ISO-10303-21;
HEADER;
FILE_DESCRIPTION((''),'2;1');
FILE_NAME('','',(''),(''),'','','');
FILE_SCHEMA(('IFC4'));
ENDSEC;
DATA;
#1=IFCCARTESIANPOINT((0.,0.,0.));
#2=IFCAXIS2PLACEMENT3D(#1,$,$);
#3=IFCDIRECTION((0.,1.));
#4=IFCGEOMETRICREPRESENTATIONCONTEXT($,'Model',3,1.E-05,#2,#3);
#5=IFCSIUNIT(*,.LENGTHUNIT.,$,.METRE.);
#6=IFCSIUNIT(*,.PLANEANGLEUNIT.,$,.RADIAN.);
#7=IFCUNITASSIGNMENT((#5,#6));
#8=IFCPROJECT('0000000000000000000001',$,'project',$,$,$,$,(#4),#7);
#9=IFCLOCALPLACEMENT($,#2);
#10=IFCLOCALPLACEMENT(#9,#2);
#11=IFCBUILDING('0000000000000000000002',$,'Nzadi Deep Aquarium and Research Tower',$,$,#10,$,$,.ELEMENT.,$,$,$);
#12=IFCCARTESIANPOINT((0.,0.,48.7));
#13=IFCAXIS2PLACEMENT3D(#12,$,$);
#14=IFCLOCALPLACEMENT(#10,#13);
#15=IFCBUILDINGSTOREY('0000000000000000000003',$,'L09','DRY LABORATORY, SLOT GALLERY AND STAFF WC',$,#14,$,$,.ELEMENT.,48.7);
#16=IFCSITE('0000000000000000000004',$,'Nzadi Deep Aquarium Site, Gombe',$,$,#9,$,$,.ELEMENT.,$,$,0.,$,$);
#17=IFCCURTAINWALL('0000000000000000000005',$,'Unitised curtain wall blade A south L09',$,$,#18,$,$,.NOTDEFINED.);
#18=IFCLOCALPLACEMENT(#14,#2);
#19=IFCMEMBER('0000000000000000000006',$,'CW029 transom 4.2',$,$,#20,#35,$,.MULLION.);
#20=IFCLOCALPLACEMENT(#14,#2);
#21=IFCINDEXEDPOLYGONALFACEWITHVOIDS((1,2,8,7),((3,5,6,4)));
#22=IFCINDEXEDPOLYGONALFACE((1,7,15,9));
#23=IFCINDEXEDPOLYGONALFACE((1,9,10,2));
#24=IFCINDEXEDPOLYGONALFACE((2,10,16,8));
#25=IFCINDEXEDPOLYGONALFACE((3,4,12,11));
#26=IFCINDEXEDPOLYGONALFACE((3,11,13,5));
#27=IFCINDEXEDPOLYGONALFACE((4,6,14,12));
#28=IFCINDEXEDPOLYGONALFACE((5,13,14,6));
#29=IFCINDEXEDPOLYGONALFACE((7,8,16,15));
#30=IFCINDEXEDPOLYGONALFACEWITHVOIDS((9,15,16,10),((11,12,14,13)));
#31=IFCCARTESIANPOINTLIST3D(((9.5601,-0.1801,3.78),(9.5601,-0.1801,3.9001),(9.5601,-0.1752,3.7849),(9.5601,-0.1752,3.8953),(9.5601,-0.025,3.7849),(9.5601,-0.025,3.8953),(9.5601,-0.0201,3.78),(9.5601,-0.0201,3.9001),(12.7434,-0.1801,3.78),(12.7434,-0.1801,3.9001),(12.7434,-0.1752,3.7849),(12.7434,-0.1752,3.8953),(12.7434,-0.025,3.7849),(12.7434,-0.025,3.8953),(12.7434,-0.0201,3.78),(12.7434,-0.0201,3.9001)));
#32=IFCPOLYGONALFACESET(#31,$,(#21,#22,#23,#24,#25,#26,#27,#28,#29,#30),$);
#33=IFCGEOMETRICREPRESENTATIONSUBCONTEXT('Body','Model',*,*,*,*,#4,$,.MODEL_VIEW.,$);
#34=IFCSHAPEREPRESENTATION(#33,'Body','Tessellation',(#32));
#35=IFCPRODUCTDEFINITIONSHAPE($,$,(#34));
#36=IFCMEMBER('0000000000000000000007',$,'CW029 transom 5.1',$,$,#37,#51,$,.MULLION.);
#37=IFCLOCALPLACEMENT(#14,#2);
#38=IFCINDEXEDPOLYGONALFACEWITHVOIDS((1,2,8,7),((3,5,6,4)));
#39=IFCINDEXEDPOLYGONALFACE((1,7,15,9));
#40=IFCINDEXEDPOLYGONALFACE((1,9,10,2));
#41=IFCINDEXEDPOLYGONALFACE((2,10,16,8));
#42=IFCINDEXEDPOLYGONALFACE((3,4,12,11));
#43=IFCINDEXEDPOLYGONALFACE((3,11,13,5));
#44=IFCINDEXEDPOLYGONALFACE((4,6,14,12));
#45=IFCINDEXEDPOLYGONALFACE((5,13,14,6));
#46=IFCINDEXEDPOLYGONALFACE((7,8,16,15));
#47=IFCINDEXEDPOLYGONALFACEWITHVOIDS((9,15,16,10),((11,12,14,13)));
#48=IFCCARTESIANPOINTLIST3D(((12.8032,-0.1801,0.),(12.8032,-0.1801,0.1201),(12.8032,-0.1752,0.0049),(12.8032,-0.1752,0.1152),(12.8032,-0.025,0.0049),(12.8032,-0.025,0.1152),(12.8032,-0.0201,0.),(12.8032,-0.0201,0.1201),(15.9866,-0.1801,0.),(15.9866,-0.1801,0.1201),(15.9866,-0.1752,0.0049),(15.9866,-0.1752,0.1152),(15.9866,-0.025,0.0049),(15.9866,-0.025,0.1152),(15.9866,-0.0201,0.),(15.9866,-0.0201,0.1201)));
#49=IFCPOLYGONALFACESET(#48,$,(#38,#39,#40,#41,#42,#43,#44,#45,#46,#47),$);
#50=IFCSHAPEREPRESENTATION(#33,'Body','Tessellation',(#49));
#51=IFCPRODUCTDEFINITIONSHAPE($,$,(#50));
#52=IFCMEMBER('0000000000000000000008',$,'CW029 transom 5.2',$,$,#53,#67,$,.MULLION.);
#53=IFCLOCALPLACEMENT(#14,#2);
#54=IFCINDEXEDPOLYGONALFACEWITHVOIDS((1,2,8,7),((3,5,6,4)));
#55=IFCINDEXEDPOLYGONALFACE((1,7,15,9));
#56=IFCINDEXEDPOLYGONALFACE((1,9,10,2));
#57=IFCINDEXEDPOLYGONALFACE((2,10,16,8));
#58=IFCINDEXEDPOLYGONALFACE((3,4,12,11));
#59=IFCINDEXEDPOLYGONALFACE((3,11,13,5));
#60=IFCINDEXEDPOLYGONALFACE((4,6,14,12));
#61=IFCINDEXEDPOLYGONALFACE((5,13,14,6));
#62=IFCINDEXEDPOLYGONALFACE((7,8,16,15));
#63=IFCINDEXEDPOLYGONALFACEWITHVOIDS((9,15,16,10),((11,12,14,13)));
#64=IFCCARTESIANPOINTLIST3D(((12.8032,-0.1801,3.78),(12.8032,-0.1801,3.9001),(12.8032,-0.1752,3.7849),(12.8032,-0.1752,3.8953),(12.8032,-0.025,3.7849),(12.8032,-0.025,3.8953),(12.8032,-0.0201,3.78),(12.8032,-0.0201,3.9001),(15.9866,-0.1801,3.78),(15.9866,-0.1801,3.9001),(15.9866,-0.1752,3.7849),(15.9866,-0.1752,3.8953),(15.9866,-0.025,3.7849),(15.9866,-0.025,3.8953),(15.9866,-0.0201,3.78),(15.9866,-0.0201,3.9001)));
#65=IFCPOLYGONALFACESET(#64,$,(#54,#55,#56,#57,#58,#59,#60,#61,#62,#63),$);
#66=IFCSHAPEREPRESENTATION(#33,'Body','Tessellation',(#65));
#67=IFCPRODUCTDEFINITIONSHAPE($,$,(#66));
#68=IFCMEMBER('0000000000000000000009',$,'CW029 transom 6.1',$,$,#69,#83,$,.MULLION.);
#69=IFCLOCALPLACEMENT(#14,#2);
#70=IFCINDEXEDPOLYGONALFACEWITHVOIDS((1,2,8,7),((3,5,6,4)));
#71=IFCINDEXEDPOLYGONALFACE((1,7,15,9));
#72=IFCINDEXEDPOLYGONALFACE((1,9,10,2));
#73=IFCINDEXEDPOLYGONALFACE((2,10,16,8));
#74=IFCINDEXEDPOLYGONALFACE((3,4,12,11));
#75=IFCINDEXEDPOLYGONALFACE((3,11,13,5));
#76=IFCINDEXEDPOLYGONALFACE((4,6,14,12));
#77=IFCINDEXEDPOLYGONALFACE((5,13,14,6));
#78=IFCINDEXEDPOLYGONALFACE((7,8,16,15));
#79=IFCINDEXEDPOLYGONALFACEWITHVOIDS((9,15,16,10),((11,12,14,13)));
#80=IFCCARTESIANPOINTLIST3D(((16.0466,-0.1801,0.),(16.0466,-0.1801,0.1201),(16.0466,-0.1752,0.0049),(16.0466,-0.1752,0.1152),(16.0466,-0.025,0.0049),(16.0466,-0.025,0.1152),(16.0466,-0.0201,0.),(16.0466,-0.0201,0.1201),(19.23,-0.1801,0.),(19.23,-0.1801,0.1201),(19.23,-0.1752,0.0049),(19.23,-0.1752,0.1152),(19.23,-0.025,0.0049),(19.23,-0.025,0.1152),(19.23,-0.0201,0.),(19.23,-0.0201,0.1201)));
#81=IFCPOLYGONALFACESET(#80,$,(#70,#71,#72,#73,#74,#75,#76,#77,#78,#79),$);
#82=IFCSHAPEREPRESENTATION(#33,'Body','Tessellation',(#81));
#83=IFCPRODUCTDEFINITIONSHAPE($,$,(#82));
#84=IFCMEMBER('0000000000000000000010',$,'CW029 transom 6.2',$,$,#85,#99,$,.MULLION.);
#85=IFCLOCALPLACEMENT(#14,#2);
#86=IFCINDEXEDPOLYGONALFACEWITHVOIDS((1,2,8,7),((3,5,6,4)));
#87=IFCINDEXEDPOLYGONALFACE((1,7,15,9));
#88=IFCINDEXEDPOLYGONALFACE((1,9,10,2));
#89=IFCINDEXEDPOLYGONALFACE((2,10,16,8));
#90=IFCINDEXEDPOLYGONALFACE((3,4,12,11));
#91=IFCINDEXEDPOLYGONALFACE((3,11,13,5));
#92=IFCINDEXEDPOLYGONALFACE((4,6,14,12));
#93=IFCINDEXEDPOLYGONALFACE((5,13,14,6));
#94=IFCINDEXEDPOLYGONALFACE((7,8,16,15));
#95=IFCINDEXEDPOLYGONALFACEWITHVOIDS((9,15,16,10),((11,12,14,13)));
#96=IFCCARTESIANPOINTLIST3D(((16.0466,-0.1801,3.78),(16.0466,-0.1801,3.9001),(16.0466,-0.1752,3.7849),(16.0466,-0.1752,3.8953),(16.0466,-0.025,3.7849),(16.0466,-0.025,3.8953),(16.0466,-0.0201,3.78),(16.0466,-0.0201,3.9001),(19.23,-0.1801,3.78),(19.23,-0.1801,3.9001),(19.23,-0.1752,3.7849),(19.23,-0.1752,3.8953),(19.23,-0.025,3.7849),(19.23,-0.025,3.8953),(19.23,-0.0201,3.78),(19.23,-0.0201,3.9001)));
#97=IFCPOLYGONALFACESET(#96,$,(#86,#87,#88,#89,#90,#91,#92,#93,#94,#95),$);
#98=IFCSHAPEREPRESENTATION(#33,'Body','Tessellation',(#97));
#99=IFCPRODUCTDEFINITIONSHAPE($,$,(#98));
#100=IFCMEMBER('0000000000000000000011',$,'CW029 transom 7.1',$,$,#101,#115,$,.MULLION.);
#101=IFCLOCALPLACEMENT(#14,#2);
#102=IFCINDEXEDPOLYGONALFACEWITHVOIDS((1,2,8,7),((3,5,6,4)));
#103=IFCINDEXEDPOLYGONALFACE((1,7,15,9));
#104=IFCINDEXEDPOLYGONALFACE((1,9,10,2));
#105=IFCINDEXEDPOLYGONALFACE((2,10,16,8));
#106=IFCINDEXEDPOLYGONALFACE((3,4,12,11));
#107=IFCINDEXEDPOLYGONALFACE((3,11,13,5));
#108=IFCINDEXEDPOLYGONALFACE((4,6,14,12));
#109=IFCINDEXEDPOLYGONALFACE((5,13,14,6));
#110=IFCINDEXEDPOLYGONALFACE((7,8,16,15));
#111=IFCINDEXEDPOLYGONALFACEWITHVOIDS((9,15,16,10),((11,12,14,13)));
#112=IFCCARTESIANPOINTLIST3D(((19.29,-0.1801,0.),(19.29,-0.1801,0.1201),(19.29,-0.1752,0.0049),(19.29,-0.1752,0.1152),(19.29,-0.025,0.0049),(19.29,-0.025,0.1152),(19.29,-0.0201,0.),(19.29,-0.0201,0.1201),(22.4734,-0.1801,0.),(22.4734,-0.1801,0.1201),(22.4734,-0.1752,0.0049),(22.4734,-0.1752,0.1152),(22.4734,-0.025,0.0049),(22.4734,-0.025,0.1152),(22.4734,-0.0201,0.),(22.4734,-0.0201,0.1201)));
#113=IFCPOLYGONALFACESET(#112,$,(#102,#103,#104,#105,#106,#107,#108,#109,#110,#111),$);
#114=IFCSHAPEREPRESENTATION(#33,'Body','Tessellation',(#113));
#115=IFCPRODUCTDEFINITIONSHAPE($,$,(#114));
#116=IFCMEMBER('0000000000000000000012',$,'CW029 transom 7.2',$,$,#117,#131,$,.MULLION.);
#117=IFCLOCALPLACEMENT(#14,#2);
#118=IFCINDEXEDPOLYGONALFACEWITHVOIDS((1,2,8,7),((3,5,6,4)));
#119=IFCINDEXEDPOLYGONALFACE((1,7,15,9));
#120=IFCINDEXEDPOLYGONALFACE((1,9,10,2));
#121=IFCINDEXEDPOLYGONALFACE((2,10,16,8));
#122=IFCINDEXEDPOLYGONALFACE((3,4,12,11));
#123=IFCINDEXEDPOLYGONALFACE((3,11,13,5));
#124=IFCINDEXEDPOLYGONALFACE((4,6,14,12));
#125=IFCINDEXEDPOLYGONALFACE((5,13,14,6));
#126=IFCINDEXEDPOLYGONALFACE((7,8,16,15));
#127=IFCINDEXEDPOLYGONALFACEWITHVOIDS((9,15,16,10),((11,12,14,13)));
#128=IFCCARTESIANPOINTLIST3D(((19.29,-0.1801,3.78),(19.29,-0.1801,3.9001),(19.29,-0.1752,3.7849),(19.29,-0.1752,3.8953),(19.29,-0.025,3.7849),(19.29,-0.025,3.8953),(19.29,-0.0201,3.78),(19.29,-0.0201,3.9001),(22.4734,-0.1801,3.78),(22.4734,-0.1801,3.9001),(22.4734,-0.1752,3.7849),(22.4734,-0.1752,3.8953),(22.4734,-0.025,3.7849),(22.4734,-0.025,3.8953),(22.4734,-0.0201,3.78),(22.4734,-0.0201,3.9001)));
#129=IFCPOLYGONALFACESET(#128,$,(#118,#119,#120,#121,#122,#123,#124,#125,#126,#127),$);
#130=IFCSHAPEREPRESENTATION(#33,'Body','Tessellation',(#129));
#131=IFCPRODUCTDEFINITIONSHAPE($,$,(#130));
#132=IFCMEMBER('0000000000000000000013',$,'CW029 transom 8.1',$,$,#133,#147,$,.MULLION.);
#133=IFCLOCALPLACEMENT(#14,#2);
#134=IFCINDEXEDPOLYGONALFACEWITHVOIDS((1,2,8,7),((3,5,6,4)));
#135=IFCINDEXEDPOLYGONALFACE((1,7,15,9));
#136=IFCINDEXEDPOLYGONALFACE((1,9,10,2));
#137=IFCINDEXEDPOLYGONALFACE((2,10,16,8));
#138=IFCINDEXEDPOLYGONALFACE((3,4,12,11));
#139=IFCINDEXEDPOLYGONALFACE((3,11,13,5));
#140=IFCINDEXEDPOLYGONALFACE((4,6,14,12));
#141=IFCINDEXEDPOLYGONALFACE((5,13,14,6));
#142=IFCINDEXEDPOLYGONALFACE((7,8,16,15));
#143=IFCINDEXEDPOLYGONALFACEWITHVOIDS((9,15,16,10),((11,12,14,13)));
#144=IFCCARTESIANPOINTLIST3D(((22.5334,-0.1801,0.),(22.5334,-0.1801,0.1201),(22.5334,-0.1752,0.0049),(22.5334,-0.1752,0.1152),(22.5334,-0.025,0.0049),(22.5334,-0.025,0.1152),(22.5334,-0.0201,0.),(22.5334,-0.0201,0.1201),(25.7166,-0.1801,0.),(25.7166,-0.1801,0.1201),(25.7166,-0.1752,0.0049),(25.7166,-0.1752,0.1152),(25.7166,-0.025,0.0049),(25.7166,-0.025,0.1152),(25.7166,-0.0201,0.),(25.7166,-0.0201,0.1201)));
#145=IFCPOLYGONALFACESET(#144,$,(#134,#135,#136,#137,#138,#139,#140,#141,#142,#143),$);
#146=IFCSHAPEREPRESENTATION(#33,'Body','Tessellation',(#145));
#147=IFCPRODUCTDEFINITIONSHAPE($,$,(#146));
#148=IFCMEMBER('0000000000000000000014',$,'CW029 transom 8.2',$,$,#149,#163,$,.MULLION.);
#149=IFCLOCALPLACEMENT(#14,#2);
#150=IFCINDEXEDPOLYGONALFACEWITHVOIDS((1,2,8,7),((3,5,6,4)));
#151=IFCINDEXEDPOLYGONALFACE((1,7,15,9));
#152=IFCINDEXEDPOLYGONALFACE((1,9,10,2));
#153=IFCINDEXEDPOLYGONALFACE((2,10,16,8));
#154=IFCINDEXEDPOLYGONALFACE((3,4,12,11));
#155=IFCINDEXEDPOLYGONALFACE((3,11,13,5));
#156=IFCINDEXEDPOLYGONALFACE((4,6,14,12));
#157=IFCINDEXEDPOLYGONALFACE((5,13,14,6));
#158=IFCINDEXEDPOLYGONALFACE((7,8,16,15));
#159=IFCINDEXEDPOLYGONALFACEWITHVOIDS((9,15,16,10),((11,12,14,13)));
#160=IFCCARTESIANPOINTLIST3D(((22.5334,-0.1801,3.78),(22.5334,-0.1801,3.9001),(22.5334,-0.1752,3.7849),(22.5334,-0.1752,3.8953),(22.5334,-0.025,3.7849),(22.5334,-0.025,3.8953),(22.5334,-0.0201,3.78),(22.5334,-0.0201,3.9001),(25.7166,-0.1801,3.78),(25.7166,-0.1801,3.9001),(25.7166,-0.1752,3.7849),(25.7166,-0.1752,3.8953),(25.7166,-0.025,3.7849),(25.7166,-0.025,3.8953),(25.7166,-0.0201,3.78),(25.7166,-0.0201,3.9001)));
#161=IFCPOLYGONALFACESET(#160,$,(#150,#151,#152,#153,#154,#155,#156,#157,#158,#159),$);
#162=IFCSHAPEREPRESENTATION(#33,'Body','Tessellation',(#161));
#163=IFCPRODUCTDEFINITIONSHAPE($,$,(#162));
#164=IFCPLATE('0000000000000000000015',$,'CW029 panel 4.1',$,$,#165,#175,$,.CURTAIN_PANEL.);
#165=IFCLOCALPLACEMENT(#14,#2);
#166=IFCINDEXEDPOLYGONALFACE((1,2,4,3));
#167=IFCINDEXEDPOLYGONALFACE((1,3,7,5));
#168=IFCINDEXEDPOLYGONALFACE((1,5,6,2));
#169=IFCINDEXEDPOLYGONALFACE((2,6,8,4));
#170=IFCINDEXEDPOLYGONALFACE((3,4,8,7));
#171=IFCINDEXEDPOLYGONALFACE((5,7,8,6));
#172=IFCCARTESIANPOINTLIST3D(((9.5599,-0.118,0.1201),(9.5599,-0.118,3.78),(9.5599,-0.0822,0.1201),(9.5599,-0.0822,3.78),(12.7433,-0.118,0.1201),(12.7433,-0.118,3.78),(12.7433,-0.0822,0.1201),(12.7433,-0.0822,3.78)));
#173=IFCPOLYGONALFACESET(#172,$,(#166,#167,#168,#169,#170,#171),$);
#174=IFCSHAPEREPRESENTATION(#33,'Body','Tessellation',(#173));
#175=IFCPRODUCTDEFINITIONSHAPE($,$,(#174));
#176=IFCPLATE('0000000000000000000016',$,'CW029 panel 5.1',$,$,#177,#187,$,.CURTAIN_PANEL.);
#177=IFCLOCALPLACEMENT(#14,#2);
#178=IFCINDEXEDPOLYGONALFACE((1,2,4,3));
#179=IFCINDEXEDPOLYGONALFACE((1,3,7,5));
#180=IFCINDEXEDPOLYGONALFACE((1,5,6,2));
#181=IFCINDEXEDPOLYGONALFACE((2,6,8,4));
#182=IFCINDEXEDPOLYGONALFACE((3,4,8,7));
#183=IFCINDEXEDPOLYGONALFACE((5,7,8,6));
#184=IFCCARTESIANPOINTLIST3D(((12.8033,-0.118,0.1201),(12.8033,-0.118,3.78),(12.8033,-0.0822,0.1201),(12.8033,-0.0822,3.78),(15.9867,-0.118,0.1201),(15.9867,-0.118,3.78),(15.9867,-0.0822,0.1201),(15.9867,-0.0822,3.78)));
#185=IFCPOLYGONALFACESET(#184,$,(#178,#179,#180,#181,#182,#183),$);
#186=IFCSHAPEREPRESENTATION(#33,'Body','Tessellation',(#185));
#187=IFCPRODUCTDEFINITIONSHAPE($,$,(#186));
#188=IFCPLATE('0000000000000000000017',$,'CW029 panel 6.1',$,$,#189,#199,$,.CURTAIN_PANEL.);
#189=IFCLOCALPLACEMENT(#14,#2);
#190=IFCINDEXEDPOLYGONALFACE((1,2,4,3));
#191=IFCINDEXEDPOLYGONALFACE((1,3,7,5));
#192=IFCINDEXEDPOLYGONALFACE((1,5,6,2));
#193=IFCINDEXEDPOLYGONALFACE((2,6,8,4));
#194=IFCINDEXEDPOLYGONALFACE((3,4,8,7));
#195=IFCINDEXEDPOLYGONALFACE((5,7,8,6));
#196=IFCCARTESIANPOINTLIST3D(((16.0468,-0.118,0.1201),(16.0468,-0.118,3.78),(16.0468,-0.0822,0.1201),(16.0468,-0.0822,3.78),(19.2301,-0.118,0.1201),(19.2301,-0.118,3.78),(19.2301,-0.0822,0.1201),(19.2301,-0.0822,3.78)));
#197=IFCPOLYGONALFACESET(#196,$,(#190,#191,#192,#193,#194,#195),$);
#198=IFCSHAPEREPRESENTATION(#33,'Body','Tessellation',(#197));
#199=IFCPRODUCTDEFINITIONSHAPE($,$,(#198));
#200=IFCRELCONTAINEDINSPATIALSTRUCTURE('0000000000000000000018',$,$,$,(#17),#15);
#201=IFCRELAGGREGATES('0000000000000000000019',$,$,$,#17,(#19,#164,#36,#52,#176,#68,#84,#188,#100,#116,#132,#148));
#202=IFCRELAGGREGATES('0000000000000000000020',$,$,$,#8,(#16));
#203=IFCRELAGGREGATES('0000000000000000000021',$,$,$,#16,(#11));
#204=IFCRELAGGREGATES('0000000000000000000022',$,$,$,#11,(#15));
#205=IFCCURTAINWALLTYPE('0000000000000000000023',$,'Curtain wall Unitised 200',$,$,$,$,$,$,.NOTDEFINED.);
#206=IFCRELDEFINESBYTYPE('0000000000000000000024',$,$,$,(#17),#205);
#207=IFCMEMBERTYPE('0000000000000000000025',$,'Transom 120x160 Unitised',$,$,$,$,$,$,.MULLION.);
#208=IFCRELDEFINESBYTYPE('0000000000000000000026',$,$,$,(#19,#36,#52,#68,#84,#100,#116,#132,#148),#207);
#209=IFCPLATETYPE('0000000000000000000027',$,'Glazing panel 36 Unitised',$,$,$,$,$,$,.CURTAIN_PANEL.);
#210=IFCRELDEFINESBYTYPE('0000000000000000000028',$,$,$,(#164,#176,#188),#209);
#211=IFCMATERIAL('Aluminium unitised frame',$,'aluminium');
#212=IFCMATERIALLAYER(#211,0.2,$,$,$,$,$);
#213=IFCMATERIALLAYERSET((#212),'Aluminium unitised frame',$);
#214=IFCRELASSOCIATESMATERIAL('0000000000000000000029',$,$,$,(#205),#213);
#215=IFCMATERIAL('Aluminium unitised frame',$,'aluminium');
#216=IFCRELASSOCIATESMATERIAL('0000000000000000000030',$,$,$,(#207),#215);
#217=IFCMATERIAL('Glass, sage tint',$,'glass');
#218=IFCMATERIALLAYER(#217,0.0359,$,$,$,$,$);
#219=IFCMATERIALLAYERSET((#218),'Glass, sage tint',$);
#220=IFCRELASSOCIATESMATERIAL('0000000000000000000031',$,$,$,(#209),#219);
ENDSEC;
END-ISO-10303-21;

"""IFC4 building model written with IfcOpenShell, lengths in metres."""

from ifc_helpers import new_model, si_unit, direction, frame, origin, origin_2d, place, context, subcontext, project, spatial, rectangle, hollow_rectangle, extrude, material, layer, layer_set, material_profile, profile_set, type_object, element, aggregate, save


model = new_model("IFC4")

# Units and contexts
model_context = context("Model", 3, precision=1e-05, world=origin(), true_north=direction((0.0, 1.0)))
body_context = subcontext(model_context, "Body", "Model", "MODEL_VIEW")
ifc_project = project(units=[si_unit("LENGTHUNIT", "METRE"), si_unit("PLANEANGLEUNIT", "RADIAN")], contexts=[model_context])

# Site, building, storey
site_placement = place(None, origin())
site = spatial("IfcSite", under=ifc_project, at=site_placement, Name="Nzadi Deep Aquarium Site, Gombe", CompositionType="ELEMENT", RefElevation=0.0)
building_placement = place(site_placement, origin())
building = spatial("IfcBuilding", under=site, at=building_placement, Name="Nzadi Deep Aquarium and Research Tower", CompositionType="ELEMENT")
storey_placement = place(building_placement, frame((0.0, 0.0, 48.7)))
storey = spatial("IfcBuildingStorey", under=building, at=storey_placement, Name="L09", Description="DRY LABORATORY, SLOT GALLERY AND STAFF WC", CompositionType="ELEMENT", Elevation=48.7)

# Curtain wall
ifc_material_1 = material(Name="Aluminium unitised frame", Category="aluminium")
ifc_layer_1 = layer(ifc_material_1, 0.2)
ifc_layer_set_1 = layer_set([ifc_layer_1], Name="Aluminium unitised frame")
curtain_wall_type = type_object("IfcCurtainWallType", Name="Curtain wall Unitised 200", PredefinedType="NOTDEFINED", material=ifc_layer_set_1)
curtain_wall_placement = place(storey_placement, origin())
curtain_wall = element("IfcCurtainWall", 1, at=curtain_wall_placement, inside=storey, type_object=curtain_wall_type, Name="Unitised curtain wall blade A south L09", PredefinedType="NOTDEFINED")

# Members
ifc_material_2 = material(Name="Aluminium unitised frame", Category="aluminium")
ifc_material_profile_1 = material_profile(ifc_material_2, hollow_rectangle(XDim=0.1599, YDim=0.1201, WallThickness=0.0049, at=origin_2d()))
ifc_profile_set_1 = profile_set([ifc_material_profile_1], Name="Aluminium unitised frame")
member_type_1 = type_object("IfcMemberType", Name="Transom 120x160 Unitised", PredefinedType="MULLION", material=ifc_profile_set_1)
member_1_placement = place(storey_placement, frame((9.5601, -0.1001, 3.8401), z_axis=(1.0, 0.0, 0.0), x_axis=(0.0, 1.0, 0.0)))
member_1 = element("IfcMember", 2, at=member_1_placement, type_object=member_type_1, Name="CW029 transom 4.2", PredefinedType="MULLION", context=body_context, shape_type="SweptSolid", body=[
    extrude(hollow_rectangle(XDim=0.1599, YDim=0.1201, WallThickness=0.0049, at=origin_2d()), origin(), (0.0, 0.0, 1.0), 3.1833),
])
member_2_placement = place(storey_placement, frame((12.8032, -0.1001, 0.0601), z_axis=(1.0, 0.0, 0.0), x_axis=(0.0, 1.0, 0.0)))
member_2 = element("IfcMember", 3, at=member_2_placement, type_object=member_type_1, Name="CW029 transom 5.1", PredefinedType="MULLION", context=body_context, shape_type="SweptSolid", body=[
    extrude(hollow_rectangle(XDim=0.1599, YDim=0.1201, WallThickness=0.0049, at=origin_2d()), origin(), (0.0, 0.0, 1.0), 3.1833),
])
member_3_placement = place(storey_placement, frame((12.8032, -0.1001, 3.8401), z_axis=(1.0, 0.0, 0.0), x_axis=(0.0, 1.0, 0.0)))
member_3 = element("IfcMember", 4, at=member_3_placement, type_object=member_type_1, Name="CW029 transom 5.2", PredefinedType="MULLION", context=body_context, shape_type="SweptSolid", body=[
    extrude(hollow_rectangle(XDim=0.1599, YDim=0.1201, WallThickness=0.0049, at=origin_2d()), origin(), (0.0, 0.0, 1.0), 3.1833),
])
member_4_placement = place(storey_placement, frame((16.0466, -0.1001, 0.0601), z_axis=(1.0, 0.0, 0.0), x_axis=(0.0, 1.0, 0.0)))
member_4 = element("IfcMember", 5, at=member_4_placement, type_object=member_type_1, Name="CW029 transom 6.1", PredefinedType="MULLION", context=body_context, shape_type="SweptSolid", body=[
    extrude(hollow_rectangle(XDim=0.1599, YDim=0.1201, WallThickness=0.0049, at=origin_2d()), origin(), (0.0, 0.0, 1.0), 3.1833),
])
member_5_placement = place(storey_placement, frame((16.0466, -0.1001, 3.8401), z_axis=(1.0, 0.0, 0.0), x_axis=(0.0, 1.0, 0.0)))
member_5 = element("IfcMember", 6, at=member_5_placement, type_object=member_type_1, Name="CW029 transom 6.2", PredefinedType="MULLION", context=body_context, shape_type="SweptSolid", body=[
    extrude(hollow_rectangle(XDim=0.1599, YDim=0.1201, WallThickness=0.0049, at=origin_2d()), origin(), (0.0, 0.0, 1.0), 3.1833),
])
member_6_placement = place(storey_placement, frame((19.29, -0.1001, 0.0601), z_axis=(1.0, 0.0, 0.0), x_axis=(0.0, 1.0, 0.0)))
member_6 = element("IfcMember", 7, at=member_6_placement, type_object=member_type_1, Name="CW029 transom 7.1", PredefinedType="MULLION", context=body_context, shape_type="SweptSolid", body=[
    extrude(hollow_rectangle(XDim=0.1599, YDim=0.1201, WallThickness=0.0049, at=origin_2d()), origin(), (0.0, 0.0, 1.0), 3.1833),
])
member_7_placement = place(storey_placement, frame((19.29, -0.1001, 3.8401), z_axis=(1.0, 0.0, 0.0), x_axis=(0.0, 1.0, 0.0)))
member_7 = element("IfcMember", 8, at=member_7_placement, type_object=member_type_1, Name="CW029 transom 7.2", PredefinedType="MULLION", context=body_context, shape_type="SweptSolid", body=[
    extrude(hollow_rectangle(XDim=0.1599, YDim=0.1201, WallThickness=0.0049, at=origin_2d()), origin(), (0.0, 0.0, 1.0), 3.1833),
])
member_8_placement = place(storey_placement, frame((22.5334, -0.1001, 0.0601), z_axis=(1.0, 0.0, 0.0), x_axis=(0.0, 1.0, 0.0)))
member_8 = element("IfcMember", 9, at=member_8_placement, type_object=member_type_1, Name="CW029 transom 8.1", PredefinedType="MULLION", context=body_context, shape_type="SweptSolid", body=[
    extrude(hollow_rectangle(XDim=0.1599, YDim=0.1201, WallThickness=0.0049, at=origin_2d()), origin(), (0.0, 0.0, 1.0), 3.1831),
])
member_9_placement = place(storey_placement, frame((22.5334, -0.1001, 3.8401), z_axis=(1.0, 0.0, 0.0), x_axis=(0.0, 1.0, 0.0)))
member_9 = element("IfcMember", 10, at=member_9_placement, type_object=member_type_1, Name="CW029 transom 8.2", PredefinedType="MULLION", context=body_context, shape_type="SweptSolid", body=[
    extrude(hollow_rectangle(XDim=0.1599, YDim=0.1201, WallThickness=0.0049, at=origin_2d()), origin(), (0.0, 0.0, 1.0), 3.1831),
])

# Plates
ifc_material_3 = material(Name="Glass, sage tint", Category="glass")
ifc_layer_2 = layer(ifc_material_3, 0.0359)
ifc_layer_set_2 = layer_set([ifc_layer_2], Name="Glass, sage tint")
plate_type = type_object("IfcPlateType", Name="Glazing panel 36 Unitised", PredefinedType="CURTAIN_PANEL", material=ifc_layer_set_2)
plate_1_placement = place(storey_placement, frame((11.1516, -0.1001, 0.1201), z_axis=(0.0, 0.0, 1.0), x_axis=(1.0, 0.0, 0.0)))
plate_1 = element("IfcPlate", 11, at=plate_1_placement, type_object=plate_type, Name="CW029 panel 4.1", PredefinedType="CURTAIN_PANEL", context=body_context, shape_type="SweptSolid", body=[
    extrude(rectangle(XDim=3.1833, YDim=0.0359, at=origin_2d()), origin(), (0.0, 0.0, 1.0), 3.6599),
])
plate_2_placement = place(storey_placement, frame((14.395, -0.1001, 0.1201), z_axis=(0.0, 0.0, 1.0), x_axis=(1.0, 0.0, 0.0)))
plate_2 = element("IfcPlate", 12, at=plate_2_placement, type_object=plate_type, Name="CW029 panel 5.1", PredefinedType="CURTAIN_PANEL", context=body_context, shape_type="SweptSolid", body=[
    extrude(rectangle(XDim=3.1833, YDim=0.0359, at=origin_2d()), origin(), (0.0, 0.0, 1.0), 3.6599),
])
plate_3_placement = place(storey_placement, frame((17.6384, -0.1001, 0.1201), z_axis=(0.0, 0.0, 1.0), x_axis=(1.0, 0.0, 0.0)))
plate_3 = element("IfcPlate", 13, at=plate_3_placement, type_object=plate_type, Name="CW029 panel 6.1", PredefinedType="CURTAIN_PANEL", context=body_context, shape_type="SweptSolid", body=[
    extrude(rectangle(XDim=3.1833, YDim=0.0359, at=origin_2d()), origin(), (0.0, 0.0, 1.0), 3.6599),
])
aggregate(curtain_wall, [member_1, plate_1, member_2, member_3, plate_2, member_4, member_5, plate_3, member_6, member_7, member_8, member_9])

save(model, "model.ifc")
